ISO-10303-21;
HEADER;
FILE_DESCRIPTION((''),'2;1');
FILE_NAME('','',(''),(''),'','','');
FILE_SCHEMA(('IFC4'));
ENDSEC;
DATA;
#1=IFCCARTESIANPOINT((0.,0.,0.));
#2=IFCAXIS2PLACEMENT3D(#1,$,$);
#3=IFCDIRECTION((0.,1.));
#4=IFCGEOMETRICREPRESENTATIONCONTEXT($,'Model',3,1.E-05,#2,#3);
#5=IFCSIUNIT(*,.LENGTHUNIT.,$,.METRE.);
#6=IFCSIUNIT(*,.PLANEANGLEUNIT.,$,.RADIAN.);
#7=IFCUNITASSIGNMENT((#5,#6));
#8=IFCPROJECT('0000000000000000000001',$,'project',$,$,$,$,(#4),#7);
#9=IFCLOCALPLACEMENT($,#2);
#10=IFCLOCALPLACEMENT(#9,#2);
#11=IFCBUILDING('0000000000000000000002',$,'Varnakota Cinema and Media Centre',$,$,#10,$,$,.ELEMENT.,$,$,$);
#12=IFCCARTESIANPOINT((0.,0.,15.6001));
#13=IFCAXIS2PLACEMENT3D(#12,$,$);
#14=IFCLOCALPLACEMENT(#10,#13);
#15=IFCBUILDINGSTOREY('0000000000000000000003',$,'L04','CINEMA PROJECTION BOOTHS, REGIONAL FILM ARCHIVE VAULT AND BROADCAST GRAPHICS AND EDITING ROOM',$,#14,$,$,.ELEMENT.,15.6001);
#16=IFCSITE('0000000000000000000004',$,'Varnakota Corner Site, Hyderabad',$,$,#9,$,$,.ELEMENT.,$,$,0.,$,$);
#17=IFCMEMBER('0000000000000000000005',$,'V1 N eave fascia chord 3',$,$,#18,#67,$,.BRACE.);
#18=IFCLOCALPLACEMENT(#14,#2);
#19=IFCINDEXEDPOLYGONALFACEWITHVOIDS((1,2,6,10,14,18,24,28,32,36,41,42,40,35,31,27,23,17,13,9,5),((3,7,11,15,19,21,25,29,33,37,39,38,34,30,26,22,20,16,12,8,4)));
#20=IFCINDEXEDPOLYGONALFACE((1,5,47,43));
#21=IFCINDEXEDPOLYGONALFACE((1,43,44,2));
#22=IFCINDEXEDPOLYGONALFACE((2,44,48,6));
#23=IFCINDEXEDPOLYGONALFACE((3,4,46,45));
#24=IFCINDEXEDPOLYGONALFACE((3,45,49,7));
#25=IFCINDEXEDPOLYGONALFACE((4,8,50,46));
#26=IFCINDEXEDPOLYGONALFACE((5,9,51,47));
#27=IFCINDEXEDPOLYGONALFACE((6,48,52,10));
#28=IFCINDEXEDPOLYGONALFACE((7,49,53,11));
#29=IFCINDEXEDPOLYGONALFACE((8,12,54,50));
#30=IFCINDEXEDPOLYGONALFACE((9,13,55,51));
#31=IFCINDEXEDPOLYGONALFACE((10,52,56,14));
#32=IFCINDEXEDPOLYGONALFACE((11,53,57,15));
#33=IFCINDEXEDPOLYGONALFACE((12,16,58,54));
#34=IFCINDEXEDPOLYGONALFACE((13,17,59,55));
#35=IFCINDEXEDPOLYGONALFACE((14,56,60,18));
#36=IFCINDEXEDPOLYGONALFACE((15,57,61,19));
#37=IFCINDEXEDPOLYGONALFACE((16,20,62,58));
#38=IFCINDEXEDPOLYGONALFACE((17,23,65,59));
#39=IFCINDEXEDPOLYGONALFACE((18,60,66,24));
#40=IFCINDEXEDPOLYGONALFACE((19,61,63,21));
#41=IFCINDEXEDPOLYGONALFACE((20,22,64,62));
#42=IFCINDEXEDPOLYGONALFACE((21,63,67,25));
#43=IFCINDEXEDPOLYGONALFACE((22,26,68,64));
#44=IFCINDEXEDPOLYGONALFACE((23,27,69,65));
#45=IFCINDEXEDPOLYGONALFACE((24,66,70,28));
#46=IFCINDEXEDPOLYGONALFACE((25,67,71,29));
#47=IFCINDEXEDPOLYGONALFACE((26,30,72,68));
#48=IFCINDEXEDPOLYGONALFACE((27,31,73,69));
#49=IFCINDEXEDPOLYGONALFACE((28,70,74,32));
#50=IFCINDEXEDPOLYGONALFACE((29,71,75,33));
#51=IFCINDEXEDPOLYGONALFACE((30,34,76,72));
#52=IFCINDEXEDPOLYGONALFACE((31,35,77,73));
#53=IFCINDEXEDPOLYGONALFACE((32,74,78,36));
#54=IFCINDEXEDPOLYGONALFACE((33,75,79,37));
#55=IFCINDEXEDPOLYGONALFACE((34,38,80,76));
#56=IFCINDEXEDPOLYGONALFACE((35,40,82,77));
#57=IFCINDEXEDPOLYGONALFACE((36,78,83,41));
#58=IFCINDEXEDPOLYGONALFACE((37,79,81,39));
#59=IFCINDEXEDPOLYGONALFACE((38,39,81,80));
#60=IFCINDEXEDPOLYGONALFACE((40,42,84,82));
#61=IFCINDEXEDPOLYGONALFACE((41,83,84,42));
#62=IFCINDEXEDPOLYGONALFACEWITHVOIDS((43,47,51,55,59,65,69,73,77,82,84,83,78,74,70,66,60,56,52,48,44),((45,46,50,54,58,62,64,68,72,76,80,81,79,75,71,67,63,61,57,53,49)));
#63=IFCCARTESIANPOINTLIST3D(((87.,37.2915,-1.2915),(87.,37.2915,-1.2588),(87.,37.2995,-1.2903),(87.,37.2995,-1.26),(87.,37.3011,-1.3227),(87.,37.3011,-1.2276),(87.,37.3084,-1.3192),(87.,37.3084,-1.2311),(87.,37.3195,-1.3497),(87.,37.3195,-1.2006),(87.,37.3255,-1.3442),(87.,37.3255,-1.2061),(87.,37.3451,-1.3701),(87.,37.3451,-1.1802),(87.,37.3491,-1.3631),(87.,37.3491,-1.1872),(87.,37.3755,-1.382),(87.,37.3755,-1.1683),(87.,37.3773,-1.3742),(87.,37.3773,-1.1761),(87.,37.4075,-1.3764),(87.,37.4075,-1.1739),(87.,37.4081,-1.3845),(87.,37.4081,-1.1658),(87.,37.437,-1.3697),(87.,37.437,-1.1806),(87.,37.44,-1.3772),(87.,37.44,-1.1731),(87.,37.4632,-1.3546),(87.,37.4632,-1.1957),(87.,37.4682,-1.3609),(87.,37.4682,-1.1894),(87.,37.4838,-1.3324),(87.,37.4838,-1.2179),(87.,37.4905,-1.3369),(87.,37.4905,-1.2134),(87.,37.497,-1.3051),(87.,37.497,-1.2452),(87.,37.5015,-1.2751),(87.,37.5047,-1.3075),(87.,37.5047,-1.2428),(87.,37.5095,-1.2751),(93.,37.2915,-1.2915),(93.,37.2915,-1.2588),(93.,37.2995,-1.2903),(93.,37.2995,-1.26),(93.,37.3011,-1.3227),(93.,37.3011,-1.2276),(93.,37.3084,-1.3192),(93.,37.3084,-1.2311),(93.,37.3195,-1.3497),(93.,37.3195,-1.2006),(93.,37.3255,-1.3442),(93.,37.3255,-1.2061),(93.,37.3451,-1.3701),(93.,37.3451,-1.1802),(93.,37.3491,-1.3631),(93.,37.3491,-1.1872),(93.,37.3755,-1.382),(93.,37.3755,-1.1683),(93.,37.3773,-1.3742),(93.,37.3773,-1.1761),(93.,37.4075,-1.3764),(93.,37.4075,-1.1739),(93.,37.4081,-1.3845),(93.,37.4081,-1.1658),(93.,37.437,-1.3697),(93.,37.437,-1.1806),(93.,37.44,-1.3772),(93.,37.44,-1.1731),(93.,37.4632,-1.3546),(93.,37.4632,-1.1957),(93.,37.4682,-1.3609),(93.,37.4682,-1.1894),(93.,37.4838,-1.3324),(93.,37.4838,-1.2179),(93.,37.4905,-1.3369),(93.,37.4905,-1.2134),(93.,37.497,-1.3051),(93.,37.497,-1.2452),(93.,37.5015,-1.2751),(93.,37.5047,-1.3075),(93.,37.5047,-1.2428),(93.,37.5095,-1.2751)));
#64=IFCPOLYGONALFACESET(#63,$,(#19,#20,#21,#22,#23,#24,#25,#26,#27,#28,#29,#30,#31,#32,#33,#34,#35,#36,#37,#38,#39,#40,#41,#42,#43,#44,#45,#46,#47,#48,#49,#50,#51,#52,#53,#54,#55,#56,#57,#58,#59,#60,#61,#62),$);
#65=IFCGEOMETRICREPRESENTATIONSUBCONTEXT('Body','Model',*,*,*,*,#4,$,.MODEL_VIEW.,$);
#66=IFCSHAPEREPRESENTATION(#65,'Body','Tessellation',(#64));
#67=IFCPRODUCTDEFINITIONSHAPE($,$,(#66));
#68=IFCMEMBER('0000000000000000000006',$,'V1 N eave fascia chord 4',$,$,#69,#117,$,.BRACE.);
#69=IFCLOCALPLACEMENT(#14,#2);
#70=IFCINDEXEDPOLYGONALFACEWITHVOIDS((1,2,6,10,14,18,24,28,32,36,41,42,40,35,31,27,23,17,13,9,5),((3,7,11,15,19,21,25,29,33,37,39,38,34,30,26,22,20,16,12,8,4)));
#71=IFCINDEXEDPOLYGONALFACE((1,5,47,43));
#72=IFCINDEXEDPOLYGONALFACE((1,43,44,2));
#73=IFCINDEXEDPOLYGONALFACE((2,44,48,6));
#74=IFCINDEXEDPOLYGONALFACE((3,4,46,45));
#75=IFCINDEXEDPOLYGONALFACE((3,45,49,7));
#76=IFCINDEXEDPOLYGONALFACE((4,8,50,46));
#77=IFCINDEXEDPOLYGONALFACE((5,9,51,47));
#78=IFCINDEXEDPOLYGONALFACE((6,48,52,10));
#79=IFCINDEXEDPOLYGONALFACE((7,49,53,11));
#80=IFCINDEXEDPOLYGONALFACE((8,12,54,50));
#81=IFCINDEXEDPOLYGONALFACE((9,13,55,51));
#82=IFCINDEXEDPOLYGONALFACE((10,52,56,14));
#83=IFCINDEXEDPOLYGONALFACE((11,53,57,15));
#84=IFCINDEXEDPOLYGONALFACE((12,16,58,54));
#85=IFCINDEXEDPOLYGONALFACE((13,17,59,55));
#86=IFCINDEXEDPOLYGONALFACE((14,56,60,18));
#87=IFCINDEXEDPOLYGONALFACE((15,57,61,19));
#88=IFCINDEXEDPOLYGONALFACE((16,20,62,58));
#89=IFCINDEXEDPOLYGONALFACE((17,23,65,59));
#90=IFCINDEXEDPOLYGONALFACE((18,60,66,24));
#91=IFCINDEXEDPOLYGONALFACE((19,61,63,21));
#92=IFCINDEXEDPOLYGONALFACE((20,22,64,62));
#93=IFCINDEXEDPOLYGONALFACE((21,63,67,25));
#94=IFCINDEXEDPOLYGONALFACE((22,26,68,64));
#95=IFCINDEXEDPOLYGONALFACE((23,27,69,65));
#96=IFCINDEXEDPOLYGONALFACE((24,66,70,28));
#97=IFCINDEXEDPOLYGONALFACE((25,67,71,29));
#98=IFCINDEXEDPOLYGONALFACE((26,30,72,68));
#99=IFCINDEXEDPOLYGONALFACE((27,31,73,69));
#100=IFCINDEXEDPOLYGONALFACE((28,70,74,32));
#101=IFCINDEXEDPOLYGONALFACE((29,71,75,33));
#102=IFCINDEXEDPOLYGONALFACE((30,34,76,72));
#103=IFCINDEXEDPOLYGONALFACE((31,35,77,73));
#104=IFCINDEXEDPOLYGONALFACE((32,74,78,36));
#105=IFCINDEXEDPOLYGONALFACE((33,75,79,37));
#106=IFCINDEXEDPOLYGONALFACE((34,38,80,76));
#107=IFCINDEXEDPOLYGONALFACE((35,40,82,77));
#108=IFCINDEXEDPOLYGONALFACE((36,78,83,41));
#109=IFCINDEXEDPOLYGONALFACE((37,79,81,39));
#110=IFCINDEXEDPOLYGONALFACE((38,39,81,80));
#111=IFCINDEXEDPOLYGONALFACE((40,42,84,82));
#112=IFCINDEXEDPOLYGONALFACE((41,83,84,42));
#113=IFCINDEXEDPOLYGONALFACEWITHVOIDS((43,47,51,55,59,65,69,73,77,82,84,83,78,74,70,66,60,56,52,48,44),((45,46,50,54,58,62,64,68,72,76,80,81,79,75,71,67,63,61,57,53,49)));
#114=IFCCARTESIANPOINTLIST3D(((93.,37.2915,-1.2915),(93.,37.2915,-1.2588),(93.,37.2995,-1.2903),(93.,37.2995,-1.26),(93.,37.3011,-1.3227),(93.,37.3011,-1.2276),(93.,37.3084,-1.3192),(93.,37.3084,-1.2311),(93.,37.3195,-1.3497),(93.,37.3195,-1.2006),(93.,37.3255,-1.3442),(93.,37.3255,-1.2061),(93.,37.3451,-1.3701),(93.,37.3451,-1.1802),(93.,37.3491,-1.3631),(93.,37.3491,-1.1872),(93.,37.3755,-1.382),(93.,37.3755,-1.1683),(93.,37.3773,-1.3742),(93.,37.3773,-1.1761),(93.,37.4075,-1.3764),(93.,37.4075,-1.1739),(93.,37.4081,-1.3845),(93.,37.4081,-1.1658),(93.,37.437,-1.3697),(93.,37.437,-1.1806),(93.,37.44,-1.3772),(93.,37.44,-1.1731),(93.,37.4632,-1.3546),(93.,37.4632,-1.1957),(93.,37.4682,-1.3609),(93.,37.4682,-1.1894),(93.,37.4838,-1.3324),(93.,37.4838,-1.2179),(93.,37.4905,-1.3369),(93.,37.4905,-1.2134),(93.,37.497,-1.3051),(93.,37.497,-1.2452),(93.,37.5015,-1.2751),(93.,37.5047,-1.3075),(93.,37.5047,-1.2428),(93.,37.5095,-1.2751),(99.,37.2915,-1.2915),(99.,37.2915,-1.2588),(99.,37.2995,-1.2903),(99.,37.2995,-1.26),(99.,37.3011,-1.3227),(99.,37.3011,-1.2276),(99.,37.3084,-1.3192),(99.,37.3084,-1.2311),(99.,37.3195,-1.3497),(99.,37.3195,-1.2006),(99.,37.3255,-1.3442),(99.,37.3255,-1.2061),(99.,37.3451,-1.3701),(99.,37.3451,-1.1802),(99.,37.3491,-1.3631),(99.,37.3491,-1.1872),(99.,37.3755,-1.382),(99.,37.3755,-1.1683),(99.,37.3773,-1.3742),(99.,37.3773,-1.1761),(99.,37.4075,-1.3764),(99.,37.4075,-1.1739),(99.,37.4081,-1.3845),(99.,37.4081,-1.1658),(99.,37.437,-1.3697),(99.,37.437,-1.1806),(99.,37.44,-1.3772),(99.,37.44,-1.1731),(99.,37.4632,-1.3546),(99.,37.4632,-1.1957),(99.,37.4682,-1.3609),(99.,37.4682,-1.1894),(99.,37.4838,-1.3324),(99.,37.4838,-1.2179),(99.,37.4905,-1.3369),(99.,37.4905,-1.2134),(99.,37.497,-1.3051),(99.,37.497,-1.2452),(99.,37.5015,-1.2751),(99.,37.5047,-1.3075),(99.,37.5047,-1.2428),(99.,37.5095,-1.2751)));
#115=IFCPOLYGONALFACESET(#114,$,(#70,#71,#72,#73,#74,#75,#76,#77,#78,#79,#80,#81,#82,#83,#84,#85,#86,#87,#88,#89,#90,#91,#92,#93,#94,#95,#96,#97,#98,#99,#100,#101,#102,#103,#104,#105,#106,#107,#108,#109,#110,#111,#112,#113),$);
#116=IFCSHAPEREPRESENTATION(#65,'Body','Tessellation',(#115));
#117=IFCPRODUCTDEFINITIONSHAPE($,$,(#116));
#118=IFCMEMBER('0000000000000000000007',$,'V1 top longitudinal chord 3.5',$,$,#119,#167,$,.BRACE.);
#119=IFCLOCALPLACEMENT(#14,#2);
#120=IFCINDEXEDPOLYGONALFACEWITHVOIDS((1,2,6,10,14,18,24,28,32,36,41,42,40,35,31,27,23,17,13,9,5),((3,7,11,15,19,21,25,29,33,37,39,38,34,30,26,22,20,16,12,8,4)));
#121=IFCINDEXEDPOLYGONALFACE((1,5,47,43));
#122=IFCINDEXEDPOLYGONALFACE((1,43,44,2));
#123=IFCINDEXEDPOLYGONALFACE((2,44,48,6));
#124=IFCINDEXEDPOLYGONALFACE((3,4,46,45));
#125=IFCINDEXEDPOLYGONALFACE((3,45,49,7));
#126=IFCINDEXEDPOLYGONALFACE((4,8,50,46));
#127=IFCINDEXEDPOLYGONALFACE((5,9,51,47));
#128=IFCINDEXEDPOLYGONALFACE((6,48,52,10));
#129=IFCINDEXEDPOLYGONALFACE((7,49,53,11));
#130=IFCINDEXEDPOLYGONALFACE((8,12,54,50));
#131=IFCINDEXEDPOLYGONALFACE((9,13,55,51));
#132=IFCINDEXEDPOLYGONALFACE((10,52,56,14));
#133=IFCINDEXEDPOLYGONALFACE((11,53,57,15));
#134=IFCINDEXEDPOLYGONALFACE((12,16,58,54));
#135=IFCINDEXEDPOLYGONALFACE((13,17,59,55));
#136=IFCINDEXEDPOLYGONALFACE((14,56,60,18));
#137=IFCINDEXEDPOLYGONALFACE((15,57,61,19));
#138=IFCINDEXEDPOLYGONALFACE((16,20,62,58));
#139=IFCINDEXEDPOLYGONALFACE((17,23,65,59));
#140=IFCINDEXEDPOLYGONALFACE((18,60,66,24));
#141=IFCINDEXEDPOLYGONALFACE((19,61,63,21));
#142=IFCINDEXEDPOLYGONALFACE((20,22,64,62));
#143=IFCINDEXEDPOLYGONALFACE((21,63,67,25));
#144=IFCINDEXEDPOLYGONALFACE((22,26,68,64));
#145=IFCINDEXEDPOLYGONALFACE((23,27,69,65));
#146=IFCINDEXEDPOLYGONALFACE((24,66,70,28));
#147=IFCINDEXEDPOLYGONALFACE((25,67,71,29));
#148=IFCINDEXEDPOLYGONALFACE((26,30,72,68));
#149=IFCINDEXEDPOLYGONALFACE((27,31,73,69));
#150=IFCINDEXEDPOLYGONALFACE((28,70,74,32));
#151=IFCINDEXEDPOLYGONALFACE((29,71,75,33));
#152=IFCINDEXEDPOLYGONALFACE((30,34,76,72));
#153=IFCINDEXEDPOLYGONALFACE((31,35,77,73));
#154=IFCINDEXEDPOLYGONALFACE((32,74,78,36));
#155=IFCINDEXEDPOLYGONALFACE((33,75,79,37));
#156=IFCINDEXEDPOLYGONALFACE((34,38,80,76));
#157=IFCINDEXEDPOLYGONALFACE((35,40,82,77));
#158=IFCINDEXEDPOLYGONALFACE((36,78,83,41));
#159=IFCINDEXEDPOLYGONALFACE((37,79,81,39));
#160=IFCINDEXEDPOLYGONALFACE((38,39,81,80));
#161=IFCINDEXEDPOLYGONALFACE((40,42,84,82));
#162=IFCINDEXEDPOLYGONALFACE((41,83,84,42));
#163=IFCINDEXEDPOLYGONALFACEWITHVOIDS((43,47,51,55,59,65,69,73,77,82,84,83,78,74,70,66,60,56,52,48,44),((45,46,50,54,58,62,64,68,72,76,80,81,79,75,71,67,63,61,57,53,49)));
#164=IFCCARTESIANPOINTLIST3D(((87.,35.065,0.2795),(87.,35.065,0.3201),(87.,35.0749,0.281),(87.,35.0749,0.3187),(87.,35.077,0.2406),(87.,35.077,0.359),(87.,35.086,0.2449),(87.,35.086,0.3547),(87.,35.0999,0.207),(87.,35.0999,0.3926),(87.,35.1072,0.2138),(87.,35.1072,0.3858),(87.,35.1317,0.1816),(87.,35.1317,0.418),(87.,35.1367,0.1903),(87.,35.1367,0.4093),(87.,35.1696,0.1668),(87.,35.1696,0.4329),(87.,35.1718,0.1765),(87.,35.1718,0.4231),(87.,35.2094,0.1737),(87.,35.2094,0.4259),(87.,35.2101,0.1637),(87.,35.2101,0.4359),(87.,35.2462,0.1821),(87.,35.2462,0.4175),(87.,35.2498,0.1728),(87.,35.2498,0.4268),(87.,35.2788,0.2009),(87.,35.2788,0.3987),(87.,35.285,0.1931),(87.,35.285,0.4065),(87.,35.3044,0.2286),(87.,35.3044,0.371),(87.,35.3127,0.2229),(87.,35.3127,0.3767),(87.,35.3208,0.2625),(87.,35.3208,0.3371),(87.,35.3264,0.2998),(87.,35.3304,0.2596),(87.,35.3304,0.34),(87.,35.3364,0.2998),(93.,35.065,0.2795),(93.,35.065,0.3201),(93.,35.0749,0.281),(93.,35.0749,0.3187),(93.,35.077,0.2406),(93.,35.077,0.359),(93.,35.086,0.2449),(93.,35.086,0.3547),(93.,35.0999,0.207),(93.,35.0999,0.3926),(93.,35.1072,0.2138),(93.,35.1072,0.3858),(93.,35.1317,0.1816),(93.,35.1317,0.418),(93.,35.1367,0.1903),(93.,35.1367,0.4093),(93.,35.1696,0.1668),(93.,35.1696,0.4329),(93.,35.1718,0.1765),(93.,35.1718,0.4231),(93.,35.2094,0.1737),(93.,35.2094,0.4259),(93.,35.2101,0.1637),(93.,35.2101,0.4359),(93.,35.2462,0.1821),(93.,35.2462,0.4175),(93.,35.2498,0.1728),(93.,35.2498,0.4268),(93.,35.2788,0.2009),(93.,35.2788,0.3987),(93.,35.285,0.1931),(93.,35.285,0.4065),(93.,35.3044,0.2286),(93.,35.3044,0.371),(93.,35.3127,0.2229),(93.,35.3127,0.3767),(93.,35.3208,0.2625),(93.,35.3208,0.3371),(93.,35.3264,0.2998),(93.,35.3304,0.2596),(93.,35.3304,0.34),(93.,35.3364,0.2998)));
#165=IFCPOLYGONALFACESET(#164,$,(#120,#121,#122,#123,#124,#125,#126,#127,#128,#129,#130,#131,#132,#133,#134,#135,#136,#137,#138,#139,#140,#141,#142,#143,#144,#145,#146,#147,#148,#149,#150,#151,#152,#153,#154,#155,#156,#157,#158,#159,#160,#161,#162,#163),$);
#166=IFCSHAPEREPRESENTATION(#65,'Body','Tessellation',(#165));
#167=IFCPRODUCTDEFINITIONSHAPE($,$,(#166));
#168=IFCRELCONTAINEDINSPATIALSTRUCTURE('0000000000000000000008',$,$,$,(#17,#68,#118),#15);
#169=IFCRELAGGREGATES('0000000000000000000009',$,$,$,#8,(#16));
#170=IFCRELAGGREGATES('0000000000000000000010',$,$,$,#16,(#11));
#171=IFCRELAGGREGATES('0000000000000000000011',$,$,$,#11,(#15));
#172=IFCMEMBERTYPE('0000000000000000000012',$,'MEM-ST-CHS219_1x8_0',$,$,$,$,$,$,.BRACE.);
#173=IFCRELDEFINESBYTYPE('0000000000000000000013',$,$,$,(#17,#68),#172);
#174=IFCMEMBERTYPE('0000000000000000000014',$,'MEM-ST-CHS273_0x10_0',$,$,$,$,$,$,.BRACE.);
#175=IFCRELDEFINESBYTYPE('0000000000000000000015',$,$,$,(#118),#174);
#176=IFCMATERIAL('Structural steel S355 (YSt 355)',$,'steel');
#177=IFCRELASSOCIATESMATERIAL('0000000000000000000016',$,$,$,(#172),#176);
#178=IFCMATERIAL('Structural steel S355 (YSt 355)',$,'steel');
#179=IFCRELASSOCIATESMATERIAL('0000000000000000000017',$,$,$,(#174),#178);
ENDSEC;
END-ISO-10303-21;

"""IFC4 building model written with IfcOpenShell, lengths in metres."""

from ifc_helpers import new_model, si_unit, direction, frame, origin, origin_2d, place, context, subcontext, project, spatial, hollow_circle, extrude, material, material_profile, profile_set, type_object, element, save


model = new_model("IFC4")

# Units and contexts
model_context = context("Model", 3, precision=1e-05, world=origin(), true_north=direction((0.0, 1.0)))
body_context = subcontext(model_context, "Body", "Model", "MODEL_VIEW")
ifc_project = project(units=[si_unit("LENGTHUNIT", "METRE"), si_unit("PLANEANGLEUNIT", "RADIAN")], contexts=[model_context])

# Site, building, storey
site_placement = place(None, origin())
site = spatial("IfcSite", under=ifc_project, at=site_placement, Name="Varnakota Corner Site, Hyderabad", CompositionType="ELEMENT", RefElevation=0.0)
building_placement = place(site_placement, origin())
building = spatial("IfcBuilding", under=site, at=building_placement, Name="Varnakota Cinema and Media Centre", CompositionType="ELEMENT")
storey_placement = place(building_placement, frame((0.0, 0.0, 15.6001)))
storey = spatial("IfcBuildingStorey", under=building, at=storey_placement, Name="L04", Description="CINEMA PROJECTION BOOTHS, REGIONAL FILM ARCHIVE VAULT AND BROADCAST GRAPHICS AND EDITING ROOM", CompositionType="ELEMENT", Elevation=15.6001)

# Members
ifc_material_1 = material(Name="Structural steel S355 (YSt 355)", Category="steel")
ifc_material_profile_1 = material_profile(ifc_material_1, hollow_circle(Radius=0.1096, WallThickness=0.0081, at=origin_2d()), Name="CHS 219.1x8.0")
ifc_profile_set_1 = profile_set([ifc_material_profile_1], Name="Structural steel S355 (YSt 355)")
member_type_1 = type_object("IfcMemberType", Name="MEM-ST-CHS219_1x8_0", PredefinedType="BRACE", material=ifc_profile_set_1)
for number, where, z_axis, x_axis, name in (
    (1, (87.0, 37.3999, -1.2751), (1.0, 0.0, 0.0), (0.0, 1.0, 0.0), "V1 N eave fascia chord 3"),
    (2, (93.0, 37.3999, -1.2751), (1.0, 0.0, 0.0), (0.0, 1.0, 0.0), "V1 N eave fascia chord 4"),
):
    element("IfcMember", number, at=place(storey_placement, frame(where, z_axis=z_axis, x_axis=x_axis)), inside=storey, type_object=member_type_1, Name=name, PredefinedType="BRACE", context=body_context, shape_type="SweptSolid", body=[
        extrude(hollow_circle(Radius=0.1096, WallThickness=0.0081, at=origin_2d()), origin(), (0.0, 0.0, 1.0), 6.0),
    ])
ifc_material_2 = material(Name="Structural steel S355 (YSt 355)", Category="steel")
ifc_material_profile_2 = material_profile(ifc_material_2, hollow_circle(Radius=0.1365, WallThickness=0.01, at=origin_2d()), Name="CHS 273.0x10.0")
ifc_profile_set_2 = profile_set([ifc_material_profile_2], Name="Structural steel S355 (YSt 355)")
member_type_2 = type_object("IfcMemberType", Name="MEM-ST-CHS273_0x10_0", PredefinedType="BRACE", material=ifc_profile_set_2)
for number, where, z_axis, x_axis, name in (
    (3, (87.0, 35.2, 0.2998), (1.0, 0.0, 0.0), (0.0, 1.0, 0.0), "V1 top longitudinal chord 3.5"),
):
    element("IfcMember", number, at=place(storey_placement, frame(where, z_axis=z_axis, x_axis=x_axis)), inside=storey, type_object=member_type_2, Name=name, PredefinedType="BRACE", context=body_context, shape_type="SweptSolid", body=[
        extrude(hollow_circle(Radius=0.1365, WallThickness=0.01, at=origin_2d()), origin(), (0.0, 0.0, 1.0), 6.0),
    ])

save(model, "model.ifc")
